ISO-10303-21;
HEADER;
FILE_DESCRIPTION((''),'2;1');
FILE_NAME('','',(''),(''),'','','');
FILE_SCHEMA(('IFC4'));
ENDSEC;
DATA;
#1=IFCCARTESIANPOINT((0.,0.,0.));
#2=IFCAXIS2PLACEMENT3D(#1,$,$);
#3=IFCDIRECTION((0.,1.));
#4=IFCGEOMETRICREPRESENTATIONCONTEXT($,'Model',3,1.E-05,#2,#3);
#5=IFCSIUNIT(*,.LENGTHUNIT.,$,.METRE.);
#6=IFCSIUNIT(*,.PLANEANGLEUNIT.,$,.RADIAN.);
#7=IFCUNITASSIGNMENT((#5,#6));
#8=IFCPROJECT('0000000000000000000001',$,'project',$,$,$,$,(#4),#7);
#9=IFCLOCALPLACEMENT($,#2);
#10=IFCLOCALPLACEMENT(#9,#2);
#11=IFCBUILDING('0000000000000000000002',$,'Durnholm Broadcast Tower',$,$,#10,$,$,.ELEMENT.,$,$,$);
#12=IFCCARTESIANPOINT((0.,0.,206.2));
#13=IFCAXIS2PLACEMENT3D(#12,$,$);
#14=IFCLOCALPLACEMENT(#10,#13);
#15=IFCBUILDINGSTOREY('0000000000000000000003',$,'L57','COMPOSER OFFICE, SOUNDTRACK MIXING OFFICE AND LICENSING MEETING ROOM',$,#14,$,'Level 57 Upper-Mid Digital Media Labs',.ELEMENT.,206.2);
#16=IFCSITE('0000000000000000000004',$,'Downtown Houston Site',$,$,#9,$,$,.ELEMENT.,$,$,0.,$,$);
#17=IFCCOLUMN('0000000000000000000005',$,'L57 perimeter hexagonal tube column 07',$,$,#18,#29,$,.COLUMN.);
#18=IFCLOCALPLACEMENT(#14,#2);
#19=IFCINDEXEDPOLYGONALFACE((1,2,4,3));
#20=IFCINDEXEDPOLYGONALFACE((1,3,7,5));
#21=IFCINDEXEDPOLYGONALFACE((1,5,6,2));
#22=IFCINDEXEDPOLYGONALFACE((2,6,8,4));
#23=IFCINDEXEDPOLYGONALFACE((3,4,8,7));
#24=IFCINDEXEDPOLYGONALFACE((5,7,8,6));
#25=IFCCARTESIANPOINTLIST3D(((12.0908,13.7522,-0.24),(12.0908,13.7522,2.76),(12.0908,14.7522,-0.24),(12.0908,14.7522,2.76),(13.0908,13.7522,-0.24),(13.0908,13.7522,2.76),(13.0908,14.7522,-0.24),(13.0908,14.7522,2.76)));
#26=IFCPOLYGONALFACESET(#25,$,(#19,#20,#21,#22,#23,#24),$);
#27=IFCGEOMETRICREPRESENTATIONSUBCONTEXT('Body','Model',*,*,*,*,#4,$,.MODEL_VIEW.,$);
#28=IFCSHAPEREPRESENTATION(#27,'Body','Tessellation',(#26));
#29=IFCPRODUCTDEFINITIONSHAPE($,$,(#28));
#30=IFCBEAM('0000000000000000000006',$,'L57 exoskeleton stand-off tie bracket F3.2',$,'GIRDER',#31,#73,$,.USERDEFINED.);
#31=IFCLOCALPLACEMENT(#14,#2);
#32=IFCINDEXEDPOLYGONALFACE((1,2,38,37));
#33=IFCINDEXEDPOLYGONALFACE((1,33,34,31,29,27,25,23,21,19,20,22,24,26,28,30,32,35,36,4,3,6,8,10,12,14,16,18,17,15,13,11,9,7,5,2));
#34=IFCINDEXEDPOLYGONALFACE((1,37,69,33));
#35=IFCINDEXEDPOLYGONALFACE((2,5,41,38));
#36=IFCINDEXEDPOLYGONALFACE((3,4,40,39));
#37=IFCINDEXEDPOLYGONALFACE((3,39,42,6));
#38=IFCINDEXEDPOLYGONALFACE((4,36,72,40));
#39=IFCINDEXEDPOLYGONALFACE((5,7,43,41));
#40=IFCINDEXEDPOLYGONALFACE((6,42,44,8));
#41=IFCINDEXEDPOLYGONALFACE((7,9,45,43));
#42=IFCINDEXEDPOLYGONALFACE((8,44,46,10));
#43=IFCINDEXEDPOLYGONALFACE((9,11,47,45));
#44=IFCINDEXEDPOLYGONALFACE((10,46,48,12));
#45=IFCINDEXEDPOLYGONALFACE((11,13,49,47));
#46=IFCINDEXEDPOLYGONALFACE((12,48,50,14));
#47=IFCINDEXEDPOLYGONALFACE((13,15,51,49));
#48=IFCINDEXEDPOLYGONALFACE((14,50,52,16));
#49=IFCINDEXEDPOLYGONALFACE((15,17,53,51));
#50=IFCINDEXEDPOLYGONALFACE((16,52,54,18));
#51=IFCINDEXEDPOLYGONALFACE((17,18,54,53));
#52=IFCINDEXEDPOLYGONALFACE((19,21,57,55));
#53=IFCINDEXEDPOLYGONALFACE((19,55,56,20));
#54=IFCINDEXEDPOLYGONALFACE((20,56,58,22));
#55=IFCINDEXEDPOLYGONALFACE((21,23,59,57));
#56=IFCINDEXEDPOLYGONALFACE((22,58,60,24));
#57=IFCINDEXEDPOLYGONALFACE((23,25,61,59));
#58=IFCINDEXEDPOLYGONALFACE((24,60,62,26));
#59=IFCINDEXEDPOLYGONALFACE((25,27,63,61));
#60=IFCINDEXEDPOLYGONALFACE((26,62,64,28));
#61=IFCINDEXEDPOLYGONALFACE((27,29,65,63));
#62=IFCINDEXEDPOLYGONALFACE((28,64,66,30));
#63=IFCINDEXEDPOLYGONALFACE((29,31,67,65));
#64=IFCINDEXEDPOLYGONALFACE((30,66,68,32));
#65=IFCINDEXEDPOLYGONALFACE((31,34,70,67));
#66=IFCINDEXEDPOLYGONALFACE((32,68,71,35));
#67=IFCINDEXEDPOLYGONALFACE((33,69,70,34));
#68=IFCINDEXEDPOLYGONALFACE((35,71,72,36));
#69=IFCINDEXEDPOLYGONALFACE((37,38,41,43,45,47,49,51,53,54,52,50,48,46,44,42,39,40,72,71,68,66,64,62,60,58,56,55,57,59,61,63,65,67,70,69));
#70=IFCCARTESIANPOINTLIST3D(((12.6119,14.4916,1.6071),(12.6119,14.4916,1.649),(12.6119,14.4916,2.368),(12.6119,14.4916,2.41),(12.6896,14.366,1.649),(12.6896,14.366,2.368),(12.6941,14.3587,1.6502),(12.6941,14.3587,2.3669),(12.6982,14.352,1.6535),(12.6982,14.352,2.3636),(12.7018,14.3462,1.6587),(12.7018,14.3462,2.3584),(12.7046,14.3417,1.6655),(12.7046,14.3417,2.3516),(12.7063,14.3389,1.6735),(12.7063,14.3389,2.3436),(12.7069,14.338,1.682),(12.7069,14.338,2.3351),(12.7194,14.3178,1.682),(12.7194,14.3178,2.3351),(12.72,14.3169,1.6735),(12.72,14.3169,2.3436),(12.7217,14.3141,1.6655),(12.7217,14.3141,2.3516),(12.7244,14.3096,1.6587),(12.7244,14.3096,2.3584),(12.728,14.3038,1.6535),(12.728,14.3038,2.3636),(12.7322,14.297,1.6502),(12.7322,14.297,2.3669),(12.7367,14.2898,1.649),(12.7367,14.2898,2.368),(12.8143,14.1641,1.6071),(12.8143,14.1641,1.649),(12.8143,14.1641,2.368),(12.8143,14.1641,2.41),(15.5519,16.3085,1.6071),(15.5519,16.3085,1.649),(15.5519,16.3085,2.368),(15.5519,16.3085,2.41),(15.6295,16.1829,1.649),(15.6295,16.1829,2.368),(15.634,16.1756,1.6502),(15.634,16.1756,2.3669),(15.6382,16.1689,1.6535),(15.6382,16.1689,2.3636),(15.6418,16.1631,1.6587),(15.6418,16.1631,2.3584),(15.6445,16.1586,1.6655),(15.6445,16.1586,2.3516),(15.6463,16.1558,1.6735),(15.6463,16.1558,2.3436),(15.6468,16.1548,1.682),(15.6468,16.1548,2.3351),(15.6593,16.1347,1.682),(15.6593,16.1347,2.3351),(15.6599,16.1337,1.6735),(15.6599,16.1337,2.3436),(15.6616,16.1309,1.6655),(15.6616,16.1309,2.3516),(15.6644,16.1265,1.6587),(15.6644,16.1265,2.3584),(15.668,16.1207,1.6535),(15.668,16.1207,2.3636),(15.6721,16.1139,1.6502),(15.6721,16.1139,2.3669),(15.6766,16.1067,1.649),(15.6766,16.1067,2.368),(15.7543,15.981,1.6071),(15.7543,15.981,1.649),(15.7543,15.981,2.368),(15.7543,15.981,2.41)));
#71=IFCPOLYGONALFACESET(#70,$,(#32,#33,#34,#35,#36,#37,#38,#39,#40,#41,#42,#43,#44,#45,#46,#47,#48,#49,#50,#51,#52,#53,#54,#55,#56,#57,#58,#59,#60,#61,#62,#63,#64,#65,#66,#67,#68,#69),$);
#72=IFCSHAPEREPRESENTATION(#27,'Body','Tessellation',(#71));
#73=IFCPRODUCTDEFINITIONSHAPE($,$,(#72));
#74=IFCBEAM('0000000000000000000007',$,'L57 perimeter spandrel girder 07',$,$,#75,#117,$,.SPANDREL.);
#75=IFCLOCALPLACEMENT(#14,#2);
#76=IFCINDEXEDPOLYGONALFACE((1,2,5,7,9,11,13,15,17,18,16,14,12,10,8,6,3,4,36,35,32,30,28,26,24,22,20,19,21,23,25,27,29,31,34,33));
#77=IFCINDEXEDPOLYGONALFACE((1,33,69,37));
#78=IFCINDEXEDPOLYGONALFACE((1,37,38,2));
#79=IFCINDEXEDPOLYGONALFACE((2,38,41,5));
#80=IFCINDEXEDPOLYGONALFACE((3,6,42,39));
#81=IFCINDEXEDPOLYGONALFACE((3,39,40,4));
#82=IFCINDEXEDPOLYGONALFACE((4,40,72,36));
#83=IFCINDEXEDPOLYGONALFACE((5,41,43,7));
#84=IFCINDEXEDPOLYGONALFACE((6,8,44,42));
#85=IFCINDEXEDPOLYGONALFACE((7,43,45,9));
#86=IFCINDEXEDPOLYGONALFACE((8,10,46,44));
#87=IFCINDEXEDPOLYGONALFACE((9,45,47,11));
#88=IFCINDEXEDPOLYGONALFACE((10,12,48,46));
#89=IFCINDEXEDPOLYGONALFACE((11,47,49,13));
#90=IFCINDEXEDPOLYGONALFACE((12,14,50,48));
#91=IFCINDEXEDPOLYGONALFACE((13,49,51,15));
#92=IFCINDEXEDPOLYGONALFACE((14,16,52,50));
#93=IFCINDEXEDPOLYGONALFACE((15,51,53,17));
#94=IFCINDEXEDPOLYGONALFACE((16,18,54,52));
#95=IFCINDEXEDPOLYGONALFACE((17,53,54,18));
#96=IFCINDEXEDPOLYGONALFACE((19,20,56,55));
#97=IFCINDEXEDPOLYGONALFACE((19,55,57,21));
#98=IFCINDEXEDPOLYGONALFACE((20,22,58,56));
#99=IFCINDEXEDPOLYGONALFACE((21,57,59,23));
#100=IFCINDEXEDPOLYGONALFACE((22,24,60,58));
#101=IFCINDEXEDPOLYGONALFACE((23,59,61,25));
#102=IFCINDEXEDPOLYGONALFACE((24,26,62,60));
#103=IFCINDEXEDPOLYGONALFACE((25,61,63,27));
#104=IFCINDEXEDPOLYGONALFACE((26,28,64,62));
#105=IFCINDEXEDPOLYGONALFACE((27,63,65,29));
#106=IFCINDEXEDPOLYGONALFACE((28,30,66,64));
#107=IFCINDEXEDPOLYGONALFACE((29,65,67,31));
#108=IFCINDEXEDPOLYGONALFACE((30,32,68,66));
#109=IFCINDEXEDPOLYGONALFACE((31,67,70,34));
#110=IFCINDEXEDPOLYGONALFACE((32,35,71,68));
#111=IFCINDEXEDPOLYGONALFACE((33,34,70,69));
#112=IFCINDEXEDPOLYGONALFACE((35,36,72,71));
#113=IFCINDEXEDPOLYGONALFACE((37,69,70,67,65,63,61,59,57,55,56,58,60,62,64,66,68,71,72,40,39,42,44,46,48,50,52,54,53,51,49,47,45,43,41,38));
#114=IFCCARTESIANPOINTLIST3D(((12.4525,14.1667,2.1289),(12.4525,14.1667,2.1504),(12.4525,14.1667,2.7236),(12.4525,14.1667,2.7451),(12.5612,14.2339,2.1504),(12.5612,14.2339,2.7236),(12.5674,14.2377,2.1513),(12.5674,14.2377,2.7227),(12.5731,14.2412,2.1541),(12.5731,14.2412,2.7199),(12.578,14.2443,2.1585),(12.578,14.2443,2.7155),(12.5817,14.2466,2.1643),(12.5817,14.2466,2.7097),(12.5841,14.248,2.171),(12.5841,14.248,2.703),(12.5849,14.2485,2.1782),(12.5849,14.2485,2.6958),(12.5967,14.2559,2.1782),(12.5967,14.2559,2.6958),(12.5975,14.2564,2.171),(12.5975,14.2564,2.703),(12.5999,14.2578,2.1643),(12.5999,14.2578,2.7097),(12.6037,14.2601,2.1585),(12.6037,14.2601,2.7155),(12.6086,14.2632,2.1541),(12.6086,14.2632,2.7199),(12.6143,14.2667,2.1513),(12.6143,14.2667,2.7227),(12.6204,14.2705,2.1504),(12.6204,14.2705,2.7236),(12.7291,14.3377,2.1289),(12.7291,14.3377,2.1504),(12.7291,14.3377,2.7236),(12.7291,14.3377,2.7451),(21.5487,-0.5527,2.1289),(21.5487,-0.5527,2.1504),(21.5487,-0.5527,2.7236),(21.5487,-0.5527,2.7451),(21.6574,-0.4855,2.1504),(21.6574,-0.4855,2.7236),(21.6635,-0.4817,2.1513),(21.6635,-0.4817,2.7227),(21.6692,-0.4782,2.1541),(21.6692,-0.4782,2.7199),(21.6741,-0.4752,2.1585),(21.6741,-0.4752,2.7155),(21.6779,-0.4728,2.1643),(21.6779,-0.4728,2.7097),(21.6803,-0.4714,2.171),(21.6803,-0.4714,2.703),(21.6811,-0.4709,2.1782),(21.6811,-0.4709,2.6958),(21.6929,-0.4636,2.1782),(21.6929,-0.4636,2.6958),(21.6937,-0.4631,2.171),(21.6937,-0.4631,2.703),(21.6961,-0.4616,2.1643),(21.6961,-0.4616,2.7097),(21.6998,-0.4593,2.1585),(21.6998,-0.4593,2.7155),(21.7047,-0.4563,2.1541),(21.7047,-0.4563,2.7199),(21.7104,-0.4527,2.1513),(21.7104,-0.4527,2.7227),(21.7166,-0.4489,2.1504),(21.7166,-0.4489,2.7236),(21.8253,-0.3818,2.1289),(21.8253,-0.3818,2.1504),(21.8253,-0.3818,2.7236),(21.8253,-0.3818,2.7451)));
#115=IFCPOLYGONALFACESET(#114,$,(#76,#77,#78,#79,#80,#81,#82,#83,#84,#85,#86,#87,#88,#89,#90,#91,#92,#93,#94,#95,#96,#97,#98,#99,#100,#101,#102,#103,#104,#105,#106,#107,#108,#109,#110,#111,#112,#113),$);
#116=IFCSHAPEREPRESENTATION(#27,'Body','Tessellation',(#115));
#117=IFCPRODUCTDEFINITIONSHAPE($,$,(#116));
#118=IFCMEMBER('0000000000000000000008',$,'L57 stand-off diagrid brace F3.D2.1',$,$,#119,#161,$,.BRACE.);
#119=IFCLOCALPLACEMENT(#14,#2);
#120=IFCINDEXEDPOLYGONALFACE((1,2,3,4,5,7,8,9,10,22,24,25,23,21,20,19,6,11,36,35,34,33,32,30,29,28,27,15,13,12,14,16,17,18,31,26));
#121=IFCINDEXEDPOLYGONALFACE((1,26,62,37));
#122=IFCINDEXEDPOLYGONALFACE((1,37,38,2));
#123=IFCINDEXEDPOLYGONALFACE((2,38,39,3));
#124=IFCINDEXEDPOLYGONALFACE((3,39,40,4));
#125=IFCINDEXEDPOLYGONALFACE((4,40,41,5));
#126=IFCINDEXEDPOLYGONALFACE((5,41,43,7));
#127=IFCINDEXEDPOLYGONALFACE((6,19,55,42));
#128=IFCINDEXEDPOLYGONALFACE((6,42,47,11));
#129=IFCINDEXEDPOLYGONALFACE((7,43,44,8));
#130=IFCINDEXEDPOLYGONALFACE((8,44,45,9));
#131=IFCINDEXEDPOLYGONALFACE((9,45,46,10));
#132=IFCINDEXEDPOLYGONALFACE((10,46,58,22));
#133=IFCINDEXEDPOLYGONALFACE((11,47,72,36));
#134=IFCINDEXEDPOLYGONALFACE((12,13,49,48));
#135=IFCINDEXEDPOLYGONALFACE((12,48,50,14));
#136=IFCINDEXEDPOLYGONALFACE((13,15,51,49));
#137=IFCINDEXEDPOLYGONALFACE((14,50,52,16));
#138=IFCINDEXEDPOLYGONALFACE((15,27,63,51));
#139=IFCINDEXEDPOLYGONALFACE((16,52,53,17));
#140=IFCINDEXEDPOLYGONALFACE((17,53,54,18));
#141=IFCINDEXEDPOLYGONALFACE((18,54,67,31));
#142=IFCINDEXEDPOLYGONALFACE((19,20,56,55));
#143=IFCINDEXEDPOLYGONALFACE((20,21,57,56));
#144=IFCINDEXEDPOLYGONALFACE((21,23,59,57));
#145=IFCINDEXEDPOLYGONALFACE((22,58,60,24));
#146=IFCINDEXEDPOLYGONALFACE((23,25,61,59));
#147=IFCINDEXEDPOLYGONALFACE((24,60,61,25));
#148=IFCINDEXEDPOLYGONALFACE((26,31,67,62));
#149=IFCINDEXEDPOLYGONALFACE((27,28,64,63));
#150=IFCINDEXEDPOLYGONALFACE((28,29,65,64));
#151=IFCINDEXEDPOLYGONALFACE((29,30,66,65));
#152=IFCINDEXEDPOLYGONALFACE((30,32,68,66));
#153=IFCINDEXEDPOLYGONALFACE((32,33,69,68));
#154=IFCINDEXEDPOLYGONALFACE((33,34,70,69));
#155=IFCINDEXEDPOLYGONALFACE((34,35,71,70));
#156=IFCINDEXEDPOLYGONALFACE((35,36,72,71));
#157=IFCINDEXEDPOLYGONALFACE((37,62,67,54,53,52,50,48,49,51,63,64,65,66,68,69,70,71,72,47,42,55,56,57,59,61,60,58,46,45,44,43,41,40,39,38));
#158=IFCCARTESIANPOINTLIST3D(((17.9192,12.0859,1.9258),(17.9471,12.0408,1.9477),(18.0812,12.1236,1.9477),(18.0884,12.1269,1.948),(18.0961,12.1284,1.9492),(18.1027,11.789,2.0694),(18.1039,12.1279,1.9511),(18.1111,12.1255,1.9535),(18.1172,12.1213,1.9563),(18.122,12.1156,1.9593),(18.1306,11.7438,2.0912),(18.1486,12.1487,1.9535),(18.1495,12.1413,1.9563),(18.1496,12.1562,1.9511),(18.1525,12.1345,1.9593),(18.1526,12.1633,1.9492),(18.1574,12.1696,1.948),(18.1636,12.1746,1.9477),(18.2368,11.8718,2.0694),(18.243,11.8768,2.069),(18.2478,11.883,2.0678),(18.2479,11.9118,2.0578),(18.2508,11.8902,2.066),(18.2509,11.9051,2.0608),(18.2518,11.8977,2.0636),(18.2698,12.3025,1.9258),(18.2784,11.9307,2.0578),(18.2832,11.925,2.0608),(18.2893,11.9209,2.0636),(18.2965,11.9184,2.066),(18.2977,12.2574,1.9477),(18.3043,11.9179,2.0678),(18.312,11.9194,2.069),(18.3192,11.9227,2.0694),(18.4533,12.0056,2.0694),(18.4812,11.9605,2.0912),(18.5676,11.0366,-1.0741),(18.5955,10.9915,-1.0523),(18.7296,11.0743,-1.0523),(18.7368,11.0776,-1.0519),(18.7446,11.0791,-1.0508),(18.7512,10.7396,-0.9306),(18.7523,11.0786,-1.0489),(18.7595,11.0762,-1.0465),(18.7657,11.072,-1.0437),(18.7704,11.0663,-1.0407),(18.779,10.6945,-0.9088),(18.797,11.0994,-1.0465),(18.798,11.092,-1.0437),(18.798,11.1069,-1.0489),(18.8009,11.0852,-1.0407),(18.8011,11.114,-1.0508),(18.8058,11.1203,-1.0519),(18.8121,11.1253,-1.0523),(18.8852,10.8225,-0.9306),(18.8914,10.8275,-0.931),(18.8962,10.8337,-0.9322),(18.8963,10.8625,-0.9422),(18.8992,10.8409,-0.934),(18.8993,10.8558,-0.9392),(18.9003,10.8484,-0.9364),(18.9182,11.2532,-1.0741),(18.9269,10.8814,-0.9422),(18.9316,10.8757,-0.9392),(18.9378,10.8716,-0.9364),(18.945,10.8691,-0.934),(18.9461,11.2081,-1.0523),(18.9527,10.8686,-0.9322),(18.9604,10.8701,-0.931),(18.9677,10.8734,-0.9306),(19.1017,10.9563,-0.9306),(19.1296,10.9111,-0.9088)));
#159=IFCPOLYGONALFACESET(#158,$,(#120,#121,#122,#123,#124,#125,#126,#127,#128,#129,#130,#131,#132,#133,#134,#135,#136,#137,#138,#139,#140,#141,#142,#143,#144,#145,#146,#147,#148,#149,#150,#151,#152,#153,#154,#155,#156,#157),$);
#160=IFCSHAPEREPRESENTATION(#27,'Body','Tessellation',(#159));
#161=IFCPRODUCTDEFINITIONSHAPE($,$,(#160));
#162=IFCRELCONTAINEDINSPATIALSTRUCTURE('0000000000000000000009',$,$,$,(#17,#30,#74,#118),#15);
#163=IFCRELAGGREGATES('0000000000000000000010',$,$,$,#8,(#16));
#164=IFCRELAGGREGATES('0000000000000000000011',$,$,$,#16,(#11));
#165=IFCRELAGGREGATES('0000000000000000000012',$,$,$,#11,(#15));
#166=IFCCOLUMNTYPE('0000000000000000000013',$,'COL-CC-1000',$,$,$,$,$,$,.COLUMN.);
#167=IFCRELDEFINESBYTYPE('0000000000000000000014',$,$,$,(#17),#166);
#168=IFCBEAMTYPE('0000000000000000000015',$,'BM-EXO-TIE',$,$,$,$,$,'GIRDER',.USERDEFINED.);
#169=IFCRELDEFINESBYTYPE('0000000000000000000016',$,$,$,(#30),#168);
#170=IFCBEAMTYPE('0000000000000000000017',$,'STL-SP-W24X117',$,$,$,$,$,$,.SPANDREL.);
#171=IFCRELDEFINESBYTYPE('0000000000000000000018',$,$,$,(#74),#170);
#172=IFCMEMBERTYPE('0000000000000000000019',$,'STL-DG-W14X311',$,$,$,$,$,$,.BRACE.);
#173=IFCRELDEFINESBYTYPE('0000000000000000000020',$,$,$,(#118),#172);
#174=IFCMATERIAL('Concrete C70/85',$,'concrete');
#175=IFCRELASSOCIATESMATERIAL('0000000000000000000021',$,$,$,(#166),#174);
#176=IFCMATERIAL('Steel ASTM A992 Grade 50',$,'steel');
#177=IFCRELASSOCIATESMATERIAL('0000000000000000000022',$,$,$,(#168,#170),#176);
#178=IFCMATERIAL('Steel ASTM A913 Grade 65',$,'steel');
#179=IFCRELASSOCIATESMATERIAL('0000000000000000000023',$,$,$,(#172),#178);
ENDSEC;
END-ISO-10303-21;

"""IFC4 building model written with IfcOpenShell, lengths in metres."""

from ifc_helpers import new_model, si_unit, direction, frame, origin, origin_2d, place, context, subcontext, project, spatial, rectangle, i_section, extrude, source, transform, mapped, material, material_profile, profile_set, type_object, type_shapes, element, save


model = new_model("IFC4")

# Units and contexts
model_context = context("Model", 3, precision=1e-05, world=origin(), true_north=direction((0.0, 1.0)))
body_context = subcontext(model_context, "Body", "Model", "MODEL_VIEW")
ifc_project = project(units=[si_unit("LENGTHUNIT", "METRE"), si_unit("PLANEANGLEUNIT", "RADIAN")], contexts=[model_context])

# Site, building, storey
site_placement = place(None, origin())
site = spatial("IfcSite", under=ifc_project, at=site_placement, Name="Downtown Houston Site", CompositionType="ELEMENT", RefElevation=0.0)
building_placement = place(site_placement, origin())
building = spatial("IfcBuilding", under=site, at=building_placement, Name="Durnholm Broadcast Tower", CompositionType="ELEMENT")
storey_placement = place(building_placement, frame((0.0, 0.0, 206.2)))
storey = spatial("IfcBuildingStorey", under=building, at=storey_placement, Name="L57", Description="COMPOSER OFFICE, SOUNDTRACK MIXING OFFICE AND LICENSING MEETING ROOM", LongName="Level 57 Upper-Mid Digital Media Labs", CompositionType="ELEMENT", Elevation=206.2)

# Column
ifc_material_1 = material(Name="Concrete C70/85", Category="concrete")
ifc_material_profile_1 = material_profile(ifc_material_1, rectangle(XDim=1.0, YDim=1.0, at=origin_2d()), Name="RC1000X1000")
ifc_profile_set_1 = profile_set([ifc_material_profile_1], Name="Concrete C70/85")
column_type = type_object("IfcColumnType", Name="COL-CC-1000", PredefinedType="COLUMN", material=ifc_profile_set_1)
shared_shape_1 = source(origin(), body_context, "Body", "SweptSolid", [
    extrude(rectangle(XDim=1.0, YDim=1.0, at=origin_2d()), origin(), (0.0, 0.0, 1.0), 3.0),
])
type_shapes(column_type, [shared_shape_1])
column_placement = place(storey_placement, frame((12.5908, 14.2522, -0.24), z_axis=(0.0, 0.0, 1.0), x_axis=(1.0, 0.0, 0.0)))
element("IfcColumn", 1, at=column_placement, inside=storey, type_object=column_type, Name="L57 perimeter hexagonal tube column 07", PredefinedType="COLUMN", context=body_context, shape_type="MappedRepresentation", body=[
    mapped(shared_shape_1, transform((0.0, 0.0, 0.0), x_axis=(1.0, 0.0, 0.0), y_axis=(0.0, 1.0, 0.0), z_axis=(0.0, 0.0, 1.0), scale=1.0)),
])

# Beams
ifc_material_2 = material(Name="Steel ASTM A992 Grade 50", Category="steel")
ifc_material_profile_2 = material_profile(ifc_material_2, i_section(OverallWidth=0.385, OverallDepth=0.803, WebThickness=0.0237, FlangeThickness=0.042, FilletRadius=0.033, at=origin_2d()), Name="W30X261")
ifc_profile_set_2 = profile_set([ifc_material_profile_2], Name="Steel ASTM A992 Grade 50")
beam_type_1 = type_object("IfcBeamType", Name="BM-EXO-TIE", ElementType="GIRDER", PredefinedType="USERDEFINED", material=ifc_profile_set_2)
shared_shape_2 = source(origin(), body_context, "Body", "SweptSolid", [
    extrude(i_section(OverallWidth=0.385, OverallDepth=0.803, WebThickness=0.0237, FlangeThickness=0.042, FilletRadius=0.033, at=origin_2d()), origin(), (0.0, 0.0, 1.0), 3.4561),
])
type_shapes(beam_type_1, [shared_shape_2])
beam_1_placement = place(storey_placement, frame((12.7131, 14.3279, 2.0085), z_axis=(0.850662, 0.525712, 0.0), x_axis=(-0.525712, 0.850662, 0.0)))
element("IfcBeam", 2, at=beam_1_placement, inside=storey, type_object=beam_type_1, Name="L57 exoskeleton stand-off tie bracket F3.2", ObjectType="GIRDER", PredefinedType="USERDEFINED", context=body_context, shape_type="MappedRepresentation", body=[
    mapped(shared_shape_2, transform((0.0, 0.0, 0.0), x_axis=(1.0, 0.0, 0.0), y_axis=(0.0, 1.0, 0.0), z_axis=(0.0, 0.0, 1.0), scale=1.0)),
])
ifc_material_profile_3 = material_profile(ifc_material_2, i_section(OverallWidth=0.3252, OverallDepth=0.6162, WebThickness=0.0139, FlangeThickness=0.0215, FilletRadius=0.0278, at=origin_2d()), Name="W24X117")
ifc_profile_set_3 = profile_set([ifc_material_profile_3], Name="Steel ASTM A992 Grade 50")
beam_type_2 = type_object("IfcBeamType", Name="STL-SP-W24X117", PredefinedType="SPANDREL", material=ifc_profile_set_3)
shared_shape_3 = source(origin(), body_context, "Body", "SweptSolid", [
    extrude(i_section(OverallWidth=0.3252, OverallDepth=0.6162, WebThickness=0.0139, FlangeThickness=0.0215, FilletRadius=0.0278, at=origin_2d()), origin(), (0.0, 0.0, 1.0), 17.3032),
])
type_shapes(beam_type_2, [shared_shape_3])
beam_2_placement = place(storey_placement, frame((12.5908, 14.2522, 2.437), z_axis=(0.525691, -0.850675, 0.0), x_axis=(0.850675, 0.525691, 0.0)))
element("IfcBeam", 3, at=beam_2_placement, inside=storey, type_object=beam_type_2, Name="L57 perimeter spandrel girder 07", PredefinedType="SPANDREL", context=body_context, shape_type="MappedRepresentation", body=[
    mapped(shared_shape_3, transform((0.0, 0.0, 0.0), x_axis=(1.0, 0.0, 0.0), y_axis=(0.0, 1.0, 0.0), z_axis=(0.0, 0.0, 1.0), scale=1.0)),
])

# Member
ifc_material_3 = material(Name="Steel ASTM A913 Grade 65", Category="steel")
ifc_material_profile_4 = material_profile(ifc_material_3, i_section(OverallWidth=0.4121, OverallDepth=0.4348, WebThickness=0.0359, FlangeThickness=0.0574, FilletRadius=0.0305, at=origin_2d()), Name="W14X311")
ifc_profile_set_4 = profile_set([ifc_material_profile_4], Name="Steel ASTM A913 Grade 65")
member_type_1 = type_object("IfcMemberType", Name="STL-DG-W14X311", PredefinedType="BRACE", material=ifc_profile_set_4)
shared_shape_4 = source(origin(), body_context, "Body", "SweptSolid", [
    extrude(i_section(OverallWidth=0.4121, OverallDepth=0.4348, WebThickness=0.0359, FlangeThickness=0.0574, FilletRadius=0.0305, at=origin_2d()), origin(), (0.0, 0.0, 1.0), 3.2437),
])
member_1_placement = place(storey_placement, frame((18.8486, 10.9739, -0.9915), z_axis=(-0.199907, 0.323494, 0.924872), x_axis=(-0.850678, -0.525687, 0.0)))
element("IfcMember", 4, at=member_1_placement, inside=storey, type_object=member_type_1, Name="L57 stand-off diagrid brace F3.D2.1", PredefinedType="BRACE", context=body_context, shape_type="MappedRepresentation", body=[
    mapped(shared_shape_4, transform((0.0, 0.0, 0.0), x_axis=(1.0, 0.0, 0.0), y_axis=(0.0, 1.0, 0.0), z_axis=(0.0, 0.0, 1.0), scale=1.0)),
])

save(model, "model.ifc")
